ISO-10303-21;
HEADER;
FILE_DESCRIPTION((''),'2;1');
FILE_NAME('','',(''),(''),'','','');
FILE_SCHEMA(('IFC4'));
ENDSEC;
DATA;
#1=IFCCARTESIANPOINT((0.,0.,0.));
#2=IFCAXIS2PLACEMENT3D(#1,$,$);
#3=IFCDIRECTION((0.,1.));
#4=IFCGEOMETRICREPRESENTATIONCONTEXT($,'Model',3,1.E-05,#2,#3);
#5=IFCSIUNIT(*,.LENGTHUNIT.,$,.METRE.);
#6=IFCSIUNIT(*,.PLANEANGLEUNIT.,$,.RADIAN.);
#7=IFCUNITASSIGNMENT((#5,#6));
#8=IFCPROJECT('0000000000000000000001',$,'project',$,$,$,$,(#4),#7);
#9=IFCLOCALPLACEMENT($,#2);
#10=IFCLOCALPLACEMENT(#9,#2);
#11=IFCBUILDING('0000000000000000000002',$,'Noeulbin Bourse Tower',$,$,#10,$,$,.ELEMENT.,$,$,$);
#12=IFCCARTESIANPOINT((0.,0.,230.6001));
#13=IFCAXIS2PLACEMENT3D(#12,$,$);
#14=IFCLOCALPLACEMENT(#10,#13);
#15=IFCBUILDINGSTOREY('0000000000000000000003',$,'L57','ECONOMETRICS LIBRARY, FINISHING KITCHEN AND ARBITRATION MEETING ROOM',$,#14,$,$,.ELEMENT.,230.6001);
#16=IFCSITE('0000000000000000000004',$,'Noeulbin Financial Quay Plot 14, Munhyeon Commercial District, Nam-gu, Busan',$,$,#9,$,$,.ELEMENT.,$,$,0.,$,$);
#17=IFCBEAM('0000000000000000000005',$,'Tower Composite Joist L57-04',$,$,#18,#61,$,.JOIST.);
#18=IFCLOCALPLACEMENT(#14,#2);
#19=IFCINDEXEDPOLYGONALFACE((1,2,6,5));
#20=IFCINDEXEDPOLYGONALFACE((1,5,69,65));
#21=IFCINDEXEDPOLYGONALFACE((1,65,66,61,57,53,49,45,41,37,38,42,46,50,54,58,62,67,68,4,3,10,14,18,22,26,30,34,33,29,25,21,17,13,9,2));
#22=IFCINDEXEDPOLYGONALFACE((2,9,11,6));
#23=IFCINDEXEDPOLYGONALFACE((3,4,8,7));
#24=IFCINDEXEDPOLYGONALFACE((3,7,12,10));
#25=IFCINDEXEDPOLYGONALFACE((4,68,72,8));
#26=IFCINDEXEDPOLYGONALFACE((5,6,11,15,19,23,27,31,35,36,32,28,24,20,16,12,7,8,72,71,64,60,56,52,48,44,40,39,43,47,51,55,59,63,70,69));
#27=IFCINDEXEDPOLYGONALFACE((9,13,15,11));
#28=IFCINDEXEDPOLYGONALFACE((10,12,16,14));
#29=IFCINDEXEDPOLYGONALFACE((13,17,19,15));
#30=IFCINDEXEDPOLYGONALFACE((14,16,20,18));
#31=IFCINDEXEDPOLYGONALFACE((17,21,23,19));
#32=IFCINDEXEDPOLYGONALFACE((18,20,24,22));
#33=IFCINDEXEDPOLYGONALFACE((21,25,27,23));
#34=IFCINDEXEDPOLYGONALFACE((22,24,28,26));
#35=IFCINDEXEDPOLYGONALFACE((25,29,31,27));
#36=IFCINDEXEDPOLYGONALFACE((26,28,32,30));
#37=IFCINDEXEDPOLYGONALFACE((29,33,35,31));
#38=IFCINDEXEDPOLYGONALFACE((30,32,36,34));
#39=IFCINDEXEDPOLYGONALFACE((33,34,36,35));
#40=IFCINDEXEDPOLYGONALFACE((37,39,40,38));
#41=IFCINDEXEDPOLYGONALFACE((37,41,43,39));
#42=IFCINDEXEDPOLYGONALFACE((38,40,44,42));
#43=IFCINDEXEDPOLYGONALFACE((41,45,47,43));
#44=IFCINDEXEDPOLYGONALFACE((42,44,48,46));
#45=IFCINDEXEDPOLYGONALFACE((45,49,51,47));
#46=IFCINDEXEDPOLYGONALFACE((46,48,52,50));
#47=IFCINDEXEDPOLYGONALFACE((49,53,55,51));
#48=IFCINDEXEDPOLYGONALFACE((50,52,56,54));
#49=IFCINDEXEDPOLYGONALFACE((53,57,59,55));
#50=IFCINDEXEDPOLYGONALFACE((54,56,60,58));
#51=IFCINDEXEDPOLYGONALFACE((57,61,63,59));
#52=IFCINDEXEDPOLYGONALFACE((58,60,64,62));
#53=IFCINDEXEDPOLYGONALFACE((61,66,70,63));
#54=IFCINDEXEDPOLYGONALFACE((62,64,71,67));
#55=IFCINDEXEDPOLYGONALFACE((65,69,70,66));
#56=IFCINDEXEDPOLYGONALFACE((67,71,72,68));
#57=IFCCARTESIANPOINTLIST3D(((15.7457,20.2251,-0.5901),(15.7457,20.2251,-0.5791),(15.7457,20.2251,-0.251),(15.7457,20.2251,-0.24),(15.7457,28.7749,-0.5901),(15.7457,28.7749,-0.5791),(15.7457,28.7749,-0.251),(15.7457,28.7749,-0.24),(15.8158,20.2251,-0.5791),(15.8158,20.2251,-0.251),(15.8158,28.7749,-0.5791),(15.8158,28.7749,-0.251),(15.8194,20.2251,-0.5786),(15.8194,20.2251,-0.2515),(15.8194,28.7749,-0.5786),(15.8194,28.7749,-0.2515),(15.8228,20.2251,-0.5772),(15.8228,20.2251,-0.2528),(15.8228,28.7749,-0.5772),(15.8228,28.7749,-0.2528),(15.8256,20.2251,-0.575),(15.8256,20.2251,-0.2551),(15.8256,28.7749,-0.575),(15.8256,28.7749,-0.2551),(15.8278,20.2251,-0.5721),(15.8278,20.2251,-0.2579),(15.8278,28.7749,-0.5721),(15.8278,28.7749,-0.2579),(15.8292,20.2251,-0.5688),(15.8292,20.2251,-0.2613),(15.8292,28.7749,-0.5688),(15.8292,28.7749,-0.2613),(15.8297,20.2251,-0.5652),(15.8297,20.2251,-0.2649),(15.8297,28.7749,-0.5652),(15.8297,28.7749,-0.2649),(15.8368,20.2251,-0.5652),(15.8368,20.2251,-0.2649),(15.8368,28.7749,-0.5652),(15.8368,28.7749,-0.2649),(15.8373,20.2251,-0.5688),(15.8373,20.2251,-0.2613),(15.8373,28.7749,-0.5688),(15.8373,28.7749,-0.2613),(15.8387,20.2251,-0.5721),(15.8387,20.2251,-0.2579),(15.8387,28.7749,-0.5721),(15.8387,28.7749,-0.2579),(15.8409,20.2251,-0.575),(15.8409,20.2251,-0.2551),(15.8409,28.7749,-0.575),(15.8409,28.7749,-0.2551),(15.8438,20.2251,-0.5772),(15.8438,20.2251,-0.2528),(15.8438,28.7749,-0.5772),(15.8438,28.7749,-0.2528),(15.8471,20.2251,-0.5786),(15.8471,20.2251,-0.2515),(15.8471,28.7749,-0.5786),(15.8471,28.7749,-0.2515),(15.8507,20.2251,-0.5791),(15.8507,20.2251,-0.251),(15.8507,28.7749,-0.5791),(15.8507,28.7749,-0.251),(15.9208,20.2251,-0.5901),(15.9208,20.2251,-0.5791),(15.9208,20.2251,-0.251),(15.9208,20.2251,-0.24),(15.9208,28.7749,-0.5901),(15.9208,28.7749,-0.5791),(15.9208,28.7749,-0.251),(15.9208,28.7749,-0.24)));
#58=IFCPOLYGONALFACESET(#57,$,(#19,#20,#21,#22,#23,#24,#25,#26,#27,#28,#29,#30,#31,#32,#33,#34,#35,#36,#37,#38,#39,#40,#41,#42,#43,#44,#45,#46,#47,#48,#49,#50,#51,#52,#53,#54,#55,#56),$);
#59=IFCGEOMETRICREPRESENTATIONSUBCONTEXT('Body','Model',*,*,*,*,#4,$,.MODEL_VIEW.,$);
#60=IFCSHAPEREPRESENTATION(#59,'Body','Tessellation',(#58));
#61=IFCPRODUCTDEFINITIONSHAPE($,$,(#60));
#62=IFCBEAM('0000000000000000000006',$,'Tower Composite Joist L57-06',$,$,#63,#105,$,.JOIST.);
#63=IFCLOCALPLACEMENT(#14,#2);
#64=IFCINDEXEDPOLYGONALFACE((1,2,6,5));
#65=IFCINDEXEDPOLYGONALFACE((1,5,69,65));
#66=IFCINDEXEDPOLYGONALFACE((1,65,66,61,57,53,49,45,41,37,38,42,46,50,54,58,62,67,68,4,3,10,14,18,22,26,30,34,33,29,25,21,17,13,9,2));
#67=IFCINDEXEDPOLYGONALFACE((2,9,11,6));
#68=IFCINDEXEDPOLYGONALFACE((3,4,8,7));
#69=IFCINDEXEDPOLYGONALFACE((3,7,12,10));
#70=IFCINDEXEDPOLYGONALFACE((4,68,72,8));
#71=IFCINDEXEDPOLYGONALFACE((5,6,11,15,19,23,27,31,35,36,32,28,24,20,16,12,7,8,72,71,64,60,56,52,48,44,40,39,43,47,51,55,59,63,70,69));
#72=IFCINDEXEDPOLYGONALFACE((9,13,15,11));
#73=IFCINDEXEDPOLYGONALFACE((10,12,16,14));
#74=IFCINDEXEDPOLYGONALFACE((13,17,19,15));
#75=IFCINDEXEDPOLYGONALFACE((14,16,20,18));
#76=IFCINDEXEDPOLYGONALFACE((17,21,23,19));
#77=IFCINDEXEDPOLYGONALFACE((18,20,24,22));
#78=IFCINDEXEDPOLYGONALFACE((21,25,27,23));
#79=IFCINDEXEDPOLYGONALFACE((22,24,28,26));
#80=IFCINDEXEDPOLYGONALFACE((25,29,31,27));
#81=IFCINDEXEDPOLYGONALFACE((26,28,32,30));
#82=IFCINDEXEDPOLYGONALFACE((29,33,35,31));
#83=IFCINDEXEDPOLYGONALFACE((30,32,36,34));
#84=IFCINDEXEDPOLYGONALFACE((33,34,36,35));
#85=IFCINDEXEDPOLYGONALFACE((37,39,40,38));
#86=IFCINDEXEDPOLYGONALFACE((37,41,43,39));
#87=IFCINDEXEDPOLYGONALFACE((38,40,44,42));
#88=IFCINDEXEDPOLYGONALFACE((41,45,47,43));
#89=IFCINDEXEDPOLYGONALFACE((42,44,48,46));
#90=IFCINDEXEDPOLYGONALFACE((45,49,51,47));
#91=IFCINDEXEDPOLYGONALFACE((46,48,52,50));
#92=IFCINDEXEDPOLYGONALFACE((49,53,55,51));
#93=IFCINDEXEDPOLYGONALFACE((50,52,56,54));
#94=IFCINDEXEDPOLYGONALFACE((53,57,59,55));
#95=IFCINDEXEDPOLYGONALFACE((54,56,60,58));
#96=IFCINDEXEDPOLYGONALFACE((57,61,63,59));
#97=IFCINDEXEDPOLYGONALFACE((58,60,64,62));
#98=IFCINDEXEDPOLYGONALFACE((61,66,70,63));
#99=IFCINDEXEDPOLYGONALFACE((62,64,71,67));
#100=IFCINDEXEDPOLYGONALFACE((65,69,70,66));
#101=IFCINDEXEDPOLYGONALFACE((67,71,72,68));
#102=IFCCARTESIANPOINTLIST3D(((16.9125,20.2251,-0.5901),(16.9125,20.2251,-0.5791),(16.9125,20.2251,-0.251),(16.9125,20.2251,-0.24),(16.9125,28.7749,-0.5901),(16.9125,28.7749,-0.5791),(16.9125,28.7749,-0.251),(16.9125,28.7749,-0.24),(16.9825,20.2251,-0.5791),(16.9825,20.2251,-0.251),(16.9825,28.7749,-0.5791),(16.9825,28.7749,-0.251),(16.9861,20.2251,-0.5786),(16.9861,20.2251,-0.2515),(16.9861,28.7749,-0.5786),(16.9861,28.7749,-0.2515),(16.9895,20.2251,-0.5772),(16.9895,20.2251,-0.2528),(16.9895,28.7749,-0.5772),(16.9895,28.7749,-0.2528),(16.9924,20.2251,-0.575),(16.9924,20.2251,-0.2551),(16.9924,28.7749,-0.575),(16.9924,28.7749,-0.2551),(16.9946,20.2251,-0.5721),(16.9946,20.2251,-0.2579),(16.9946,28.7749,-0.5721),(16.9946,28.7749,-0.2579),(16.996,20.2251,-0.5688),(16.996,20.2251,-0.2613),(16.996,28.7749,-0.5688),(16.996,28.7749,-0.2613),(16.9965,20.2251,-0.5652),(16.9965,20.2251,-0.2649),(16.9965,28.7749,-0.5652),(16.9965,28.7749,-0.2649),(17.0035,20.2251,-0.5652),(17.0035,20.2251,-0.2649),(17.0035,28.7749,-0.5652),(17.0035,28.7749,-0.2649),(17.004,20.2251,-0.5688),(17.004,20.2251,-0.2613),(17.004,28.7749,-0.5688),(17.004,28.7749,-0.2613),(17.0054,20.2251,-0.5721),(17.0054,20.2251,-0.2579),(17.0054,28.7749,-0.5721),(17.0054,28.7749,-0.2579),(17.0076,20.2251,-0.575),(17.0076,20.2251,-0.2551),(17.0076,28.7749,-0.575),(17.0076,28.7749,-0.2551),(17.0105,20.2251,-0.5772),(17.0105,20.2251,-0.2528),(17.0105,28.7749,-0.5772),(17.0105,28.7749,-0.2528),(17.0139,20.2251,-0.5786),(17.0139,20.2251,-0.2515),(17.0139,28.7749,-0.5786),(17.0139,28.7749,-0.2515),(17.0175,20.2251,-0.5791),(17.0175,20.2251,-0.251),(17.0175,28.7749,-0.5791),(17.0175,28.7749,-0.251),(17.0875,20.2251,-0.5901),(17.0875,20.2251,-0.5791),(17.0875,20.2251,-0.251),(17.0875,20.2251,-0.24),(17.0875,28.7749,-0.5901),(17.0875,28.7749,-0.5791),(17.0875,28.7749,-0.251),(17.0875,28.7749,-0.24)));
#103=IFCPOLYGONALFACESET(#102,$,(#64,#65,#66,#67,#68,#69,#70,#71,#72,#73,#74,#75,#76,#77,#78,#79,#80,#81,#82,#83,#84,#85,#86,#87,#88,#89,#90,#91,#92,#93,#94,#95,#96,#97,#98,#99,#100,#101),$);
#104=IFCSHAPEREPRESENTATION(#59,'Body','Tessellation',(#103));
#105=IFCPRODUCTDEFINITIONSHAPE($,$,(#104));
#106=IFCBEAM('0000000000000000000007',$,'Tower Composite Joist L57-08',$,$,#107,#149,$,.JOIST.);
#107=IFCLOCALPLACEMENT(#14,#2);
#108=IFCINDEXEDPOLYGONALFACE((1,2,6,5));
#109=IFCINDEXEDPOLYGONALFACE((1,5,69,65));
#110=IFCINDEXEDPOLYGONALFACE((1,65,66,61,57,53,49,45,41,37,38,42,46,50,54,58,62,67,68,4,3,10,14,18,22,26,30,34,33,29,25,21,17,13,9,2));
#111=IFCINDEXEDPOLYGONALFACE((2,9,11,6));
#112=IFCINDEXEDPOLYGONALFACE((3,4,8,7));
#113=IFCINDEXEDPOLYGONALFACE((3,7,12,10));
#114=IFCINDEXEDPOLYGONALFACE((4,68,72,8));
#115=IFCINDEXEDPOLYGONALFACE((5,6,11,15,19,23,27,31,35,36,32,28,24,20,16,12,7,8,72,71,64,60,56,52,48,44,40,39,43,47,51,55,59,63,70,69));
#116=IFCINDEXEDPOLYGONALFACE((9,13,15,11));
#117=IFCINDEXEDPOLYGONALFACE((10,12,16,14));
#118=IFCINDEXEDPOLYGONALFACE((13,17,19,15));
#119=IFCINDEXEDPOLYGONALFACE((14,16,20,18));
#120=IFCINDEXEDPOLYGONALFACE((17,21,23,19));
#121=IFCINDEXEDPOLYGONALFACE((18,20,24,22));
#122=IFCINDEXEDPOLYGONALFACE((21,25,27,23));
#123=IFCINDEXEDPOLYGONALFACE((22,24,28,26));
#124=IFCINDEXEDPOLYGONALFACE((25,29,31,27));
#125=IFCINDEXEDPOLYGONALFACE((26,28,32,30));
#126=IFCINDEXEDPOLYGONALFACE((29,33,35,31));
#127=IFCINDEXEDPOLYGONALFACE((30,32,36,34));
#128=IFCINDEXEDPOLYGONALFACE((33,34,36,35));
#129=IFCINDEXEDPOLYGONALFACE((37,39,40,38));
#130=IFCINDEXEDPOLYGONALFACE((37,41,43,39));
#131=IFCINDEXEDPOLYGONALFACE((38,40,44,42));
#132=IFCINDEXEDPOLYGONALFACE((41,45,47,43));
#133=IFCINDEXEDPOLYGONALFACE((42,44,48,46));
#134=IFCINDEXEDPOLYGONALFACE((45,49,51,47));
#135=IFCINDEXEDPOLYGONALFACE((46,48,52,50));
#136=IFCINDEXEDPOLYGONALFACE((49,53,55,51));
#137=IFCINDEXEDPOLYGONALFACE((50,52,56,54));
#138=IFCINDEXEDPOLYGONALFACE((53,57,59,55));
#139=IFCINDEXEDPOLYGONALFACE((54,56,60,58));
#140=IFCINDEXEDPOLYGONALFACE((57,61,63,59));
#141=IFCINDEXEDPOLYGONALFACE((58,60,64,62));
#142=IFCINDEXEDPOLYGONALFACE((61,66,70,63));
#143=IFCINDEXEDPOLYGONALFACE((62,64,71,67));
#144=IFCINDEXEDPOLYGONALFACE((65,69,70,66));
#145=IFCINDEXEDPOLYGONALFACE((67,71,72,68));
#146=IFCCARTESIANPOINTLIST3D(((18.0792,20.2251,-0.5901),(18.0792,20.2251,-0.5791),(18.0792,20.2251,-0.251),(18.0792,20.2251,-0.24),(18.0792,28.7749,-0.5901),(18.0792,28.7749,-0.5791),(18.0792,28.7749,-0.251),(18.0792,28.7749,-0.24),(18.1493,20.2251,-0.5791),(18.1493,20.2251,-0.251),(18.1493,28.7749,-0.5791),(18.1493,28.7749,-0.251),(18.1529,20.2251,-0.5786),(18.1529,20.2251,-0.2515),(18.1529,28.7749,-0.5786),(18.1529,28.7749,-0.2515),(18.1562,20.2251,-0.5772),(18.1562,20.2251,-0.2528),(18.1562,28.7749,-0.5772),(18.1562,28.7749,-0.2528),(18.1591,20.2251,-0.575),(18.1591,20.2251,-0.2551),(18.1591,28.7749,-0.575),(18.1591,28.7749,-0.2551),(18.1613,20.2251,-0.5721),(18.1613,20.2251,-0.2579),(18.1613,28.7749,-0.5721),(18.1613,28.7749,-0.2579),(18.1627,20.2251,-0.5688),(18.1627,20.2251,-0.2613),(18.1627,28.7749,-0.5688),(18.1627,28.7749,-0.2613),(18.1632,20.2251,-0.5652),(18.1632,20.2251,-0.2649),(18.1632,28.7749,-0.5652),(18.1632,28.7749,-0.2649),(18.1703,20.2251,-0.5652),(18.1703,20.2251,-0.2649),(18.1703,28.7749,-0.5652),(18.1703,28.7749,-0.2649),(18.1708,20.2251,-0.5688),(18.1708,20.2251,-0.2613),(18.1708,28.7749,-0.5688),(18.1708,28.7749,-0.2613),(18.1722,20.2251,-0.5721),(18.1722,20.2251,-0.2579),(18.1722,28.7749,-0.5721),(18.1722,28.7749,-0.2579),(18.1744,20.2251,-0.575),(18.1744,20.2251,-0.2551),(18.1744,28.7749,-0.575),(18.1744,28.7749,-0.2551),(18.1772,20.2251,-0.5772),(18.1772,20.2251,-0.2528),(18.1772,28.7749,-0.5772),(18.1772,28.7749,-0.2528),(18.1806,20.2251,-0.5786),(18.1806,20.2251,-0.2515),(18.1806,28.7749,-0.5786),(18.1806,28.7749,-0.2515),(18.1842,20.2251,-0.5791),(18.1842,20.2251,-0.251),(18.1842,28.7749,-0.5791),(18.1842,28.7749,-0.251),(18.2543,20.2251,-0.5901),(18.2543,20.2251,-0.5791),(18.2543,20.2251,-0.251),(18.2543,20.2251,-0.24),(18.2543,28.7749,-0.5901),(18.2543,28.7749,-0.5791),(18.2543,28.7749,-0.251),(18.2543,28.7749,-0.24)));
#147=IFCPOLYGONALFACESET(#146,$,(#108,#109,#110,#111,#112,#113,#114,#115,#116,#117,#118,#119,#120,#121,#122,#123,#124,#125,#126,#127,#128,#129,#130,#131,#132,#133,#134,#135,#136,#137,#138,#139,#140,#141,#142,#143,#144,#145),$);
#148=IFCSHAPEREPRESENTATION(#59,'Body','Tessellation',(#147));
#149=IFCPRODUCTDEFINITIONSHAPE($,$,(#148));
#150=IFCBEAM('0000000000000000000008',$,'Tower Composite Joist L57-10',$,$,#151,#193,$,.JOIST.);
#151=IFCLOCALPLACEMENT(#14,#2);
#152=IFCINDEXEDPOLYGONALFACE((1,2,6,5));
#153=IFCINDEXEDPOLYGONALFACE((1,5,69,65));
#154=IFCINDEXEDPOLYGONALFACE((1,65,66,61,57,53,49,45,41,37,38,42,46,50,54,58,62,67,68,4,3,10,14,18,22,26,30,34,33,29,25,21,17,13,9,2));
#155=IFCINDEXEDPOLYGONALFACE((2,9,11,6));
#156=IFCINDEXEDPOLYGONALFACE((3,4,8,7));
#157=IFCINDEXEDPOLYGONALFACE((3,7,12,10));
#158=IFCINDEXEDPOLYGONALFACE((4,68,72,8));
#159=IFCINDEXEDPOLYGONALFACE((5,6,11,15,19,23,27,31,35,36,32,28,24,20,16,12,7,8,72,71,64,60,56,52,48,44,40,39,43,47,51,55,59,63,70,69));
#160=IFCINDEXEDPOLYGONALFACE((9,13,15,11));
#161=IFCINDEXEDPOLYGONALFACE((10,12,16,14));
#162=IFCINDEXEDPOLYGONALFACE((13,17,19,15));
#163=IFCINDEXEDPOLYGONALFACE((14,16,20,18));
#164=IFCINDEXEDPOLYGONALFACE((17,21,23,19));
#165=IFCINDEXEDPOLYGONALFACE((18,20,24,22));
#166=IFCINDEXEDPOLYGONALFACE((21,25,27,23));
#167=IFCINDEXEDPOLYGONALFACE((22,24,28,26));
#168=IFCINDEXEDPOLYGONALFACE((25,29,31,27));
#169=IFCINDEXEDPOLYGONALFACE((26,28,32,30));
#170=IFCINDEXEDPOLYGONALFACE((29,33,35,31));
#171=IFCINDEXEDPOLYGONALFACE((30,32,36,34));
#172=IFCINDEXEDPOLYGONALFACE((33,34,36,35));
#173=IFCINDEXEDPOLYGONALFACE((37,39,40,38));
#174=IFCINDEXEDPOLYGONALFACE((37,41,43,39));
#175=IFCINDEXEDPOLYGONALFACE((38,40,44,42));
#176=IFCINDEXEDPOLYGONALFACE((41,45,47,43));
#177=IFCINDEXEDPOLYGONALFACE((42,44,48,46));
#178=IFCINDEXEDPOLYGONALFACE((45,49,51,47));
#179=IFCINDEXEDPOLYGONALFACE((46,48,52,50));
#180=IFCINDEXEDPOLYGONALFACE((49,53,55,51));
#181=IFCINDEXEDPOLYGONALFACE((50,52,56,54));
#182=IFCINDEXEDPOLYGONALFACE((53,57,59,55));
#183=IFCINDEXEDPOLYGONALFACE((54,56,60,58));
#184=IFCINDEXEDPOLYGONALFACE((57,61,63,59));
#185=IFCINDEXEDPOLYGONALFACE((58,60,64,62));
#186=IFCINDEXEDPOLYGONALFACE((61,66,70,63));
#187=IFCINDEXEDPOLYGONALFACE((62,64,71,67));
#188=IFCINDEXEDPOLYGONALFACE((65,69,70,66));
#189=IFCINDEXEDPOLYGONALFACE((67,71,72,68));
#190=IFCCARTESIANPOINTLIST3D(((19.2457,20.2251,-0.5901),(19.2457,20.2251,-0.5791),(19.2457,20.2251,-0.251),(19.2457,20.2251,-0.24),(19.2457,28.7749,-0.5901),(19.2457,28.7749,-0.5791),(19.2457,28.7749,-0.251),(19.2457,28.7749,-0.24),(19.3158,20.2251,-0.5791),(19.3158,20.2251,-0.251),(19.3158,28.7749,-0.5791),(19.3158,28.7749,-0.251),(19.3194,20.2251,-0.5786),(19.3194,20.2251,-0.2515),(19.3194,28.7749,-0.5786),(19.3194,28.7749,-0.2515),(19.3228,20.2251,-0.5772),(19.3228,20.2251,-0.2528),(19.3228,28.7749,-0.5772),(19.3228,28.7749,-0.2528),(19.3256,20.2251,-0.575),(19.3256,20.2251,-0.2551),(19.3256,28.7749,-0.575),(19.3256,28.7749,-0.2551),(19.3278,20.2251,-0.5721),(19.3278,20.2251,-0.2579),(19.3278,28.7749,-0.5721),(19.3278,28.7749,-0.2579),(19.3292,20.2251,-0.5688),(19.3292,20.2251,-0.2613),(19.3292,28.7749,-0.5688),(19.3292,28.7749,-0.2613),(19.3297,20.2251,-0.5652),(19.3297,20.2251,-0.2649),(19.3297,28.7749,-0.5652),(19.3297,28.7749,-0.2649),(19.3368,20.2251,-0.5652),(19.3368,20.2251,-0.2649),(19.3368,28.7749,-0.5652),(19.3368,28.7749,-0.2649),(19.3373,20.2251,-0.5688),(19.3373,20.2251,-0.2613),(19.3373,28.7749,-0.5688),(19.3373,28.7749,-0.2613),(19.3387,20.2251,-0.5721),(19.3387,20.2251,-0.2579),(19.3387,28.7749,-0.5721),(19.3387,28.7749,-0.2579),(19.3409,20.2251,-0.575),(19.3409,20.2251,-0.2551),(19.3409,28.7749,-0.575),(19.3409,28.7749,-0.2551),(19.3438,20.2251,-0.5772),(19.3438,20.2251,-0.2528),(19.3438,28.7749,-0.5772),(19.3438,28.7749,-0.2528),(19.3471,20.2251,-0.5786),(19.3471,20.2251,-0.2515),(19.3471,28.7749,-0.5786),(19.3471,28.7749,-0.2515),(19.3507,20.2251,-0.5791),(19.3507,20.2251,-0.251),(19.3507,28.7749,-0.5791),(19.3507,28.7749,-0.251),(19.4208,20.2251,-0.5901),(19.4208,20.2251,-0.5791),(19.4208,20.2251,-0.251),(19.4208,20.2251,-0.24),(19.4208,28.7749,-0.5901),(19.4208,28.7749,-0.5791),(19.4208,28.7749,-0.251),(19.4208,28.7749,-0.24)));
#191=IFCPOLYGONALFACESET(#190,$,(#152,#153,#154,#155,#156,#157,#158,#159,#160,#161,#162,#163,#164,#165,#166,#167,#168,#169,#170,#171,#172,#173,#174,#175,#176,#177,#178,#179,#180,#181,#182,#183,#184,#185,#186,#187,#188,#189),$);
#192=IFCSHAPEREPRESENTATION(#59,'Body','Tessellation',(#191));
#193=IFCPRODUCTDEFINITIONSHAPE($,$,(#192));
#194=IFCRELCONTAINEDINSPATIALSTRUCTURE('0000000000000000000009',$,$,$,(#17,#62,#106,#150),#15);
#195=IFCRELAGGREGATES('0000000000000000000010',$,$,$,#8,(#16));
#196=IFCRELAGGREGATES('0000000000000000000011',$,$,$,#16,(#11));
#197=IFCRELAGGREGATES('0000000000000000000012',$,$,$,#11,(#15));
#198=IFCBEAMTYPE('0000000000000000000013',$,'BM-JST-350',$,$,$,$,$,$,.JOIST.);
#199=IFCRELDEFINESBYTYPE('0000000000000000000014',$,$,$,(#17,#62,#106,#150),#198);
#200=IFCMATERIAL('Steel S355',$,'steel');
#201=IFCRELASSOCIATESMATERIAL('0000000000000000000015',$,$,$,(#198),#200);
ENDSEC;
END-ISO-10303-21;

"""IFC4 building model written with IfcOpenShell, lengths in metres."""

from ifc_helpers import new_model, si_unit, direction, frame, origin, origin_2d, place, context, subcontext, project, spatial, i_section, extrude, material, material_profile, profile_set, type_object, element, save


model = new_model("IFC4")

# Units and contexts
model_context = context("Model", 3, precision=1e-05, world=origin(), true_north=direction((0.0, 1.0)))
body_context = subcontext(model_context, "Body", "Model", "MODEL_VIEW")
ifc_project = project(units=[si_unit("LENGTHUNIT", "METRE"), si_unit("PLANEANGLEUNIT", "RADIAN")], contexts=[model_context])

# Site, building, storey
site_placement = place(None, origin())
site = spatial("IfcSite", under=ifc_project, at=site_placement, Name="Noeulbin Financial Quay Plot 14, Munhyeon Commercial District, Nam-gu, Busan", CompositionType="ELEMENT", RefElevation=0.0)
building_placement = place(site_placement, origin())
building = spatial("IfcBuilding", under=site, at=building_placement, Name="Noeulbin Bourse Tower", CompositionType="ELEMENT")
storey_placement = place(building_placement, frame((0.0, 0.0, 230.6001)))
storey = spatial("IfcBuildingStorey", under=building, at=storey_placement, Name="L57", Description="ECONOMETRICS LIBRARY, FINISHING KITCHEN AND ARBITRATION MEETING ROOM", CompositionType="ELEMENT", Elevation=230.6001)

# Shared definitions
ifc_material_1 = material(Name="Steel S355", Category="steel")

# Beams
ifc_material_profile_1 = material_profile(ifc_material_1, i_section(OverallWidth=0.175, OverallDepth=0.3501, WebThickness=0.0071, FlangeThickness=0.011, FilletRadius=0.0139, at=origin_2d()), Name="H-350x175x7x11", Category="LoadBearing")
ifc_profile_set_1 = profile_set([ifc_material_profile_1], Name="Steel S355")
beam_type_1 = type_object("IfcBeamType", Name="BM-JST-350", PredefinedType="JOIST", material=ifc_profile_set_1)
for number, where, z_axis, x_axis, name in (
    (1, (15.8333, 20.2251, -0.415), (0.0, 1.0, 0.0), (-1.0, 0.0, 0.0), "Tower Composite Joist L57-04"),
    (2, (17.0, 20.2251, -0.415), (0.0, 1.0, 0.0), (-1.0, 0.0, 0.0), "Tower Composite Joist L57-06"),
    (3, (18.1667, 20.2251, -0.415), (0.0, 1.0, 0.0), (-1.0, 0.0, 0.0), "Tower Composite Joist L57-08"),
    (4, (19.3333, 20.2251, -0.415), (0.0, 1.0, 0.0), (-1.0, 0.0, 0.0), "Tower Composite Joist L57-10"),
):
    element("IfcBeam", number, at=place(storey_placement, frame(where, z_axis=z_axis, x_axis=x_axis)), inside=storey, type_object=beam_type_1, Name=name, PredefinedType="JOIST", context=body_context, shape_type="SweptSolid", body=[
        extrude(i_section(OverallWidth=0.175, OverallDepth=0.3501, WebThickness=0.0071, FlangeThickness=0.011, FilletRadius=0.0139, at=origin_2d()), origin(), (0.0, 0.0, 1.0), 8.5498),
    ])

save(model, "model.ifc")
